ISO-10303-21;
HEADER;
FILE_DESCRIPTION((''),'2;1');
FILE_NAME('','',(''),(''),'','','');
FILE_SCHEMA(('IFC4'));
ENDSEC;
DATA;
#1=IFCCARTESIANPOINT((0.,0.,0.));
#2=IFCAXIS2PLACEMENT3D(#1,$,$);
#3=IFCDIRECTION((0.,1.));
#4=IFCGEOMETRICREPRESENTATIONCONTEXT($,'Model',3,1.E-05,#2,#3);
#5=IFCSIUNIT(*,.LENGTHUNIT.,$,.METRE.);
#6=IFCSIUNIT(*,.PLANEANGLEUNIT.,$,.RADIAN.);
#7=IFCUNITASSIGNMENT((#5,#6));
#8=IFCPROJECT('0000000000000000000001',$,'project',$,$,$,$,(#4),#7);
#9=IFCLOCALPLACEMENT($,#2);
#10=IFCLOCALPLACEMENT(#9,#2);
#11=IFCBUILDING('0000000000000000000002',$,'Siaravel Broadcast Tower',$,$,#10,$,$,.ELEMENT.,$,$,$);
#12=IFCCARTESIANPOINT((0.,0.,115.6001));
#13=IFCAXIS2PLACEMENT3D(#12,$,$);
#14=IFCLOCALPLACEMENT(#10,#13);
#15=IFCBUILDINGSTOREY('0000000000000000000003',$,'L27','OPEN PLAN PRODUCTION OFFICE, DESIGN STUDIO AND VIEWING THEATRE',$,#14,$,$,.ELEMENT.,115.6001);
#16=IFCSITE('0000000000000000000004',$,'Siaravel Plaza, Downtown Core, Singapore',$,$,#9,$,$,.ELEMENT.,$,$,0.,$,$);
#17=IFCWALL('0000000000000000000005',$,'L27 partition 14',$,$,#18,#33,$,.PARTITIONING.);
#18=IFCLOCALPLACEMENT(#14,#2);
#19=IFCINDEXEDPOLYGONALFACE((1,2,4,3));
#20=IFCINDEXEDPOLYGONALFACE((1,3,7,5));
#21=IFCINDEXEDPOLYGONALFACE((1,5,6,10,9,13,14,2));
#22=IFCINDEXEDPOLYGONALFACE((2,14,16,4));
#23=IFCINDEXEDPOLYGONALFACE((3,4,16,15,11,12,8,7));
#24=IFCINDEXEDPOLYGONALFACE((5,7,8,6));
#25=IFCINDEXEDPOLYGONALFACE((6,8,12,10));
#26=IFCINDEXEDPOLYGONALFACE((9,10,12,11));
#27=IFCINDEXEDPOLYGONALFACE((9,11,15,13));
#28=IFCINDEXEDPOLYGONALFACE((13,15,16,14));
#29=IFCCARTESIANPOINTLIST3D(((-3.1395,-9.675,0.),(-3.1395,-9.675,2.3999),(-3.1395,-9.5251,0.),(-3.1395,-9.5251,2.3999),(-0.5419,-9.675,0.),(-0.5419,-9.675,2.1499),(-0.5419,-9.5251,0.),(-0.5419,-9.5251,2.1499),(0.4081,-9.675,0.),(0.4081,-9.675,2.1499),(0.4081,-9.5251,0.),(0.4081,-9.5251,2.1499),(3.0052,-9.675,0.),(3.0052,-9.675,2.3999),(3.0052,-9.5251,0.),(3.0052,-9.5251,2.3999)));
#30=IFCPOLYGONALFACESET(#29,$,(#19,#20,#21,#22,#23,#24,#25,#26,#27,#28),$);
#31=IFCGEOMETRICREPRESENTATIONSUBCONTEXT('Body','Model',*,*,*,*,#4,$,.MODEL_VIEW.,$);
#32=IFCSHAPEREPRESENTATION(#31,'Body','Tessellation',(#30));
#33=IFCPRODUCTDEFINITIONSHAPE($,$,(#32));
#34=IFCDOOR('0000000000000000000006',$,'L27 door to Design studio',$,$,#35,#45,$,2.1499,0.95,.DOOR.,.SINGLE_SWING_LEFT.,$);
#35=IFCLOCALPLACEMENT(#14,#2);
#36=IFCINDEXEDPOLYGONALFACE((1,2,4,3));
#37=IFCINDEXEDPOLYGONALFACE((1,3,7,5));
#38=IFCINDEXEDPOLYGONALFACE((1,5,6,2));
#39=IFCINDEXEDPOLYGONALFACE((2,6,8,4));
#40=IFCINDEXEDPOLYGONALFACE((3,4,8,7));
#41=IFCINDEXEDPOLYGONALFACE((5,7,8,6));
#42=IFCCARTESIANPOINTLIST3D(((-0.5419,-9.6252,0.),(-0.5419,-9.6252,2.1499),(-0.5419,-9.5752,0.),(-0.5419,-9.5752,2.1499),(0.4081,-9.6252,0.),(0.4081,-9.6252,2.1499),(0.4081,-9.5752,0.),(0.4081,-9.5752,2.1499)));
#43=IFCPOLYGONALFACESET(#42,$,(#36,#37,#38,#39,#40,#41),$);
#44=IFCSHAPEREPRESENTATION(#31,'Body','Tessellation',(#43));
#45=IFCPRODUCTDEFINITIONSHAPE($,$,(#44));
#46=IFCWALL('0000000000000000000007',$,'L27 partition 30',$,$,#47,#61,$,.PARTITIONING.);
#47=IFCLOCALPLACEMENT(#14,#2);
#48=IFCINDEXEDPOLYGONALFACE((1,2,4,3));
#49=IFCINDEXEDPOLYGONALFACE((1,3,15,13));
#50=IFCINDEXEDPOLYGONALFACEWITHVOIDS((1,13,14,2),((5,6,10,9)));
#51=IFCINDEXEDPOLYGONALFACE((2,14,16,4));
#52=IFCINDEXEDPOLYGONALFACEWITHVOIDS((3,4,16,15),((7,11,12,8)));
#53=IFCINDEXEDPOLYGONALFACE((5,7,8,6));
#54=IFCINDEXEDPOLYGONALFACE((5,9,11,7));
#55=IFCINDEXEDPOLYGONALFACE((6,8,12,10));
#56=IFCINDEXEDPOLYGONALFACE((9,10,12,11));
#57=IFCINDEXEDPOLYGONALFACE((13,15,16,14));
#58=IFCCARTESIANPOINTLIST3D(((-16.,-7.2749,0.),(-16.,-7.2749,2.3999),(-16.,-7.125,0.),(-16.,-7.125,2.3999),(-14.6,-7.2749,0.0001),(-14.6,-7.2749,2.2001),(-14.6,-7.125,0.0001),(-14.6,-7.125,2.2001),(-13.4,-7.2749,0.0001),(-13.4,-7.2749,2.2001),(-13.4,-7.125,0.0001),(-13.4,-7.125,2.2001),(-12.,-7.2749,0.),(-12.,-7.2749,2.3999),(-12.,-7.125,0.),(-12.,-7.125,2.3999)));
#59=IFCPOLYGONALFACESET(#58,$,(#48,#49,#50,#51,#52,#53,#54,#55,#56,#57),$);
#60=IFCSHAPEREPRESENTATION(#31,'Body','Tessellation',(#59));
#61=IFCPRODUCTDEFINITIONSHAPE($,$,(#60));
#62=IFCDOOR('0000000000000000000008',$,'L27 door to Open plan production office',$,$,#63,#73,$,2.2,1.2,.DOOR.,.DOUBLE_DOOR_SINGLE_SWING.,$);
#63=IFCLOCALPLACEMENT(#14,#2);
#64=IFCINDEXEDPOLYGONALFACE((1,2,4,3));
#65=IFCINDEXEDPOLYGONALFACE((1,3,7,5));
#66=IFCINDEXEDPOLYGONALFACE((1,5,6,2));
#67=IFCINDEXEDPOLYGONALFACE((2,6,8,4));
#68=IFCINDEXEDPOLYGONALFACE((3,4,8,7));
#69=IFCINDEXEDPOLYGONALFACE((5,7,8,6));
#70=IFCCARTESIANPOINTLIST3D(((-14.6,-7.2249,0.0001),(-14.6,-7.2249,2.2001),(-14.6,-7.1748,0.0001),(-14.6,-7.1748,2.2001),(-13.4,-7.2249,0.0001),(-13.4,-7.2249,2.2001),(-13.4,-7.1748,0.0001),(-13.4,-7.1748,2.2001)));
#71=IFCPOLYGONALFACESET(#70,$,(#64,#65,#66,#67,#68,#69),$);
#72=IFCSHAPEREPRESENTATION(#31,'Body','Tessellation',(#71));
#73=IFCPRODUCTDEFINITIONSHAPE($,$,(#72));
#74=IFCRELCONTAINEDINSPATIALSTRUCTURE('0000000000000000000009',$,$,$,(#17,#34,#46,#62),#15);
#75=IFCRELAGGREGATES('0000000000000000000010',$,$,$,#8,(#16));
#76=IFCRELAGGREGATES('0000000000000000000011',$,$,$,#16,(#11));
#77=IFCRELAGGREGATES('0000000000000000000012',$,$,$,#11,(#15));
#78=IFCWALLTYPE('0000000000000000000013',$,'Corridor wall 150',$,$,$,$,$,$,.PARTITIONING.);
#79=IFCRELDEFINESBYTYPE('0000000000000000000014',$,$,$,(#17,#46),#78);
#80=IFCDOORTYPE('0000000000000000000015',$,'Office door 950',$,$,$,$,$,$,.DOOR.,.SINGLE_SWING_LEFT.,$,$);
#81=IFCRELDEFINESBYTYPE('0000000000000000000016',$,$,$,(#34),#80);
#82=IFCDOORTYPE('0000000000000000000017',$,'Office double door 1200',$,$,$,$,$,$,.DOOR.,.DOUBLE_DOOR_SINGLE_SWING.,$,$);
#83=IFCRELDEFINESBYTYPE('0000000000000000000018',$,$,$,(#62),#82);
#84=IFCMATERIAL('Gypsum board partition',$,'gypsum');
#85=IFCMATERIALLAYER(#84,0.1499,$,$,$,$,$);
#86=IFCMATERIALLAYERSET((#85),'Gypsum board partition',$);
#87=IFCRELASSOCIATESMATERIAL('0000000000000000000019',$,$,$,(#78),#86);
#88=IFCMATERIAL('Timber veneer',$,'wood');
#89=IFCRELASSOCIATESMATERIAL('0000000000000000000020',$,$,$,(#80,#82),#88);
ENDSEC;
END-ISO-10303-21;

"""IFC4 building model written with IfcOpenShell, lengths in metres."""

from ifc_helpers import new_model, si_unit, direction, frame, frame_2d, origin, place, context, subcontext, project, spatial, rectangle, extrude, material, layer, layer_set, type_object, element, fill, save


model = new_model("IFC4")

# Units and contexts
model_context = context("Model", 3, precision=1e-05, world=origin(), true_north=direction((0.0, 1.0)))
body_context = subcontext(model_context, "Body", "Model", "MODEL_VIEW")
ifc_project = project(units=[si_unit("LENGTHUNIT", "METRE"), si_unit("PLANEANGLEUNIT", "RADIAN")], contexts=[model_context])

# Site, building, storey
site_placement = place(None, origin())
site = spatial("IfcSite", under=ifc_project, at=site_placement, Name="Siaravel Plaza, Downtown Core, Singapore", CompositionType="ELEMENT", RefElevation=0.0)
building_placement = place(site_placement, origin())
building = spatial("IfcBuilding", under=site, at=building_placement, Name="Siaravel Broadcast Tower", CompositionType="ELEMENT")
storey_placement = place(building_placement, frame((0.0, 0.0, 115.6001)))
storey = spatial("IfcBuildingStorey", under=building, at=storey_placement, Name="L27", Description="OPEN PLAN PRODUCTION OFFICE, DESIGN STUDIO AND VIEWING THEATRE", CompositionType="ELEMENT", Elevation=115.6001)

# Walls, openings, doors
ifc_material_1 = material(Name="Gypsum board partition", Category="gypsum")
ifc_layer_1 = layer(ifc_material_1, 0.1499)
ifc_layer_set_1 = layer_set([ifc_layer_1], Name="Gypsum board partition")
wall_type_1 = type_object("IfcWallType", Name="Corridor wall 150", PredefinedType="PARTITIONING", material=ifc_layer_set_1)
wall_1_placement = place(storey_placement, frame((-3.1394, -9.6001, 0.0), z_axis=(0.0, 0.0, 1.0), x_axis=(1.0, 0.0, 0.0)))
wall_1 = element("IfcWall", 1, at=wall_1_placement, inside=storey, type_object=wall_type_1, Name="L27 partition 14", PredefinedType="PARTITIONING", context=body_context, shape_type="SweptSolid", body=[
    extrude(rectangle(XDim=6.1448, YDim=0.1499, at=frame_2d((3.0723, 0.0))), origin(), (0.0, 0.0, 1.0), 2.3999),
])
opening_1_placement = place(wall_1_placement, frame((2.5974, 0.0, 0.0)))
opening_1 = element("IfcOpeningElement", 2, at=opening_1_placement, cuts=wall_1, PredefinedType="OPENING", context=body_context, shape_type="SweptSolid", body=[
    extrude(rectangle(XDim=0.95, YDim=2.1499, at=frame_2d((0.4751, 1.075))), frame((0.0, 0.085, 0.0), z_axis=(0.0, -1.0, 0.0), x_axis=(1.0, 0.0, 0.0)), (0.0, 0.0, 1.0), 0.1699),
])
ifc_material_2 = material(Name="Timber veneer", Category="wood")
door_type_1 = type_object("IfcDoorType", Name="Office door 950", OperationType="SINGLE_SWING_LEFT", PredefinedType="DOOR", material=ifc_material_2)
door_1_placement = place(opening_1_placement, origin())
door_1 = element("IfcDoor", 3, at=door_1_placement, inside=storey, type_object=door_type_1, Name="L27 door to Design studio", OperationType="SINGLE_SWING_LEFT", OverallHeight=2.1499, OverallWidth=0.95, PredefinedType="DOOR", context=body_context, shape_type="SweptSolid", body=[
    extrude(rectangle(XDim=0.95, YDim=2.1499, at=frame_2d((0.4751, 1.075))), frame((0.0, 0.0249, 0.0), z_axis=(0.0, -1.0, 0.0), x_axis=(1.0, 0.0, 0.0)), (0.0, 0.0, 1.0), 0.05),
])
fill(opening_1, door_1)
wall_2_placement = place(storey_placement, frame((-12.0, -7.2, 0.0), z_axis=(0.0, 0.0, 1.0), x_axis=(-1.0, 0.0, 0.0)))
wall_2 = element("IfcWall", 4, at=wall_2_placement, inside=storey, type_object=wall_type_1, Name="L27 partition 30", PredefinedType="PARTITIONING", context=body_context, shape_type="SweptSolid", body=[
    extrude(rectangle(XDim=4.0, YDim=0.1499, at=frame_2d((2.0, 0.0))), origin(), (0.0, 0.0, 1.0), 2.3999),
])
opening_2_placement = place(wall_2_placement, frame((1.3999, 0.0, 0.0)))
opening_2 = element("IfcOpeningElement", 5, at=opening_2_placement, cuts=wall_2, PredefinedType="OPENING", context=body_context, shape_type="SweptSolid", body=[
    extrude(rectangle(XDim=1.2, YDim=2.2, at=frame_2d((0.6001, 1.1001))), frame((0.0, 0.085, 0.0), z_axis=(0.0, -1.0, 0.0), x_axis=(1.0, 0.0, 0.0)), (0.0, 0.0, 1.0), 0.1699),
])
door_type_2 = type_object("IfcDoorType", Name="Office double door 1200", OperationType="DOUBLE_DOOR_SINGLE_SWING", PredefinedType="DOOR", material=ifc_material_2)
door_2_placement = place(opening_2_placement, origin())
door_2 = element("IfcDoor", 6, at=door_2_placement, inside=storey, type_object=door_type_2, Name="L27 door to Open plan production office", OperationType="DOUBLE_DOOR_SINGLE_SWING", OverallHeight=2.2, OverallWidth=1.2, PredefinedType="DOOR", context=body_context, shape_type="SweptSolid", body=[
    extrude(rectangle(XDim=1.2, YDim=2.2, at=frame_2d((0.6001, 1.1001))), frame((0.0, 0.0249, 0.0), z_axis=(0.0, -1.0, 0.0), x_axis=(1.0, 0.0, 0.0)), (0.0, 0.0, 1.0), 0.05),
])
fill(opening_2, door_2)

save(model, "model.ifc")
